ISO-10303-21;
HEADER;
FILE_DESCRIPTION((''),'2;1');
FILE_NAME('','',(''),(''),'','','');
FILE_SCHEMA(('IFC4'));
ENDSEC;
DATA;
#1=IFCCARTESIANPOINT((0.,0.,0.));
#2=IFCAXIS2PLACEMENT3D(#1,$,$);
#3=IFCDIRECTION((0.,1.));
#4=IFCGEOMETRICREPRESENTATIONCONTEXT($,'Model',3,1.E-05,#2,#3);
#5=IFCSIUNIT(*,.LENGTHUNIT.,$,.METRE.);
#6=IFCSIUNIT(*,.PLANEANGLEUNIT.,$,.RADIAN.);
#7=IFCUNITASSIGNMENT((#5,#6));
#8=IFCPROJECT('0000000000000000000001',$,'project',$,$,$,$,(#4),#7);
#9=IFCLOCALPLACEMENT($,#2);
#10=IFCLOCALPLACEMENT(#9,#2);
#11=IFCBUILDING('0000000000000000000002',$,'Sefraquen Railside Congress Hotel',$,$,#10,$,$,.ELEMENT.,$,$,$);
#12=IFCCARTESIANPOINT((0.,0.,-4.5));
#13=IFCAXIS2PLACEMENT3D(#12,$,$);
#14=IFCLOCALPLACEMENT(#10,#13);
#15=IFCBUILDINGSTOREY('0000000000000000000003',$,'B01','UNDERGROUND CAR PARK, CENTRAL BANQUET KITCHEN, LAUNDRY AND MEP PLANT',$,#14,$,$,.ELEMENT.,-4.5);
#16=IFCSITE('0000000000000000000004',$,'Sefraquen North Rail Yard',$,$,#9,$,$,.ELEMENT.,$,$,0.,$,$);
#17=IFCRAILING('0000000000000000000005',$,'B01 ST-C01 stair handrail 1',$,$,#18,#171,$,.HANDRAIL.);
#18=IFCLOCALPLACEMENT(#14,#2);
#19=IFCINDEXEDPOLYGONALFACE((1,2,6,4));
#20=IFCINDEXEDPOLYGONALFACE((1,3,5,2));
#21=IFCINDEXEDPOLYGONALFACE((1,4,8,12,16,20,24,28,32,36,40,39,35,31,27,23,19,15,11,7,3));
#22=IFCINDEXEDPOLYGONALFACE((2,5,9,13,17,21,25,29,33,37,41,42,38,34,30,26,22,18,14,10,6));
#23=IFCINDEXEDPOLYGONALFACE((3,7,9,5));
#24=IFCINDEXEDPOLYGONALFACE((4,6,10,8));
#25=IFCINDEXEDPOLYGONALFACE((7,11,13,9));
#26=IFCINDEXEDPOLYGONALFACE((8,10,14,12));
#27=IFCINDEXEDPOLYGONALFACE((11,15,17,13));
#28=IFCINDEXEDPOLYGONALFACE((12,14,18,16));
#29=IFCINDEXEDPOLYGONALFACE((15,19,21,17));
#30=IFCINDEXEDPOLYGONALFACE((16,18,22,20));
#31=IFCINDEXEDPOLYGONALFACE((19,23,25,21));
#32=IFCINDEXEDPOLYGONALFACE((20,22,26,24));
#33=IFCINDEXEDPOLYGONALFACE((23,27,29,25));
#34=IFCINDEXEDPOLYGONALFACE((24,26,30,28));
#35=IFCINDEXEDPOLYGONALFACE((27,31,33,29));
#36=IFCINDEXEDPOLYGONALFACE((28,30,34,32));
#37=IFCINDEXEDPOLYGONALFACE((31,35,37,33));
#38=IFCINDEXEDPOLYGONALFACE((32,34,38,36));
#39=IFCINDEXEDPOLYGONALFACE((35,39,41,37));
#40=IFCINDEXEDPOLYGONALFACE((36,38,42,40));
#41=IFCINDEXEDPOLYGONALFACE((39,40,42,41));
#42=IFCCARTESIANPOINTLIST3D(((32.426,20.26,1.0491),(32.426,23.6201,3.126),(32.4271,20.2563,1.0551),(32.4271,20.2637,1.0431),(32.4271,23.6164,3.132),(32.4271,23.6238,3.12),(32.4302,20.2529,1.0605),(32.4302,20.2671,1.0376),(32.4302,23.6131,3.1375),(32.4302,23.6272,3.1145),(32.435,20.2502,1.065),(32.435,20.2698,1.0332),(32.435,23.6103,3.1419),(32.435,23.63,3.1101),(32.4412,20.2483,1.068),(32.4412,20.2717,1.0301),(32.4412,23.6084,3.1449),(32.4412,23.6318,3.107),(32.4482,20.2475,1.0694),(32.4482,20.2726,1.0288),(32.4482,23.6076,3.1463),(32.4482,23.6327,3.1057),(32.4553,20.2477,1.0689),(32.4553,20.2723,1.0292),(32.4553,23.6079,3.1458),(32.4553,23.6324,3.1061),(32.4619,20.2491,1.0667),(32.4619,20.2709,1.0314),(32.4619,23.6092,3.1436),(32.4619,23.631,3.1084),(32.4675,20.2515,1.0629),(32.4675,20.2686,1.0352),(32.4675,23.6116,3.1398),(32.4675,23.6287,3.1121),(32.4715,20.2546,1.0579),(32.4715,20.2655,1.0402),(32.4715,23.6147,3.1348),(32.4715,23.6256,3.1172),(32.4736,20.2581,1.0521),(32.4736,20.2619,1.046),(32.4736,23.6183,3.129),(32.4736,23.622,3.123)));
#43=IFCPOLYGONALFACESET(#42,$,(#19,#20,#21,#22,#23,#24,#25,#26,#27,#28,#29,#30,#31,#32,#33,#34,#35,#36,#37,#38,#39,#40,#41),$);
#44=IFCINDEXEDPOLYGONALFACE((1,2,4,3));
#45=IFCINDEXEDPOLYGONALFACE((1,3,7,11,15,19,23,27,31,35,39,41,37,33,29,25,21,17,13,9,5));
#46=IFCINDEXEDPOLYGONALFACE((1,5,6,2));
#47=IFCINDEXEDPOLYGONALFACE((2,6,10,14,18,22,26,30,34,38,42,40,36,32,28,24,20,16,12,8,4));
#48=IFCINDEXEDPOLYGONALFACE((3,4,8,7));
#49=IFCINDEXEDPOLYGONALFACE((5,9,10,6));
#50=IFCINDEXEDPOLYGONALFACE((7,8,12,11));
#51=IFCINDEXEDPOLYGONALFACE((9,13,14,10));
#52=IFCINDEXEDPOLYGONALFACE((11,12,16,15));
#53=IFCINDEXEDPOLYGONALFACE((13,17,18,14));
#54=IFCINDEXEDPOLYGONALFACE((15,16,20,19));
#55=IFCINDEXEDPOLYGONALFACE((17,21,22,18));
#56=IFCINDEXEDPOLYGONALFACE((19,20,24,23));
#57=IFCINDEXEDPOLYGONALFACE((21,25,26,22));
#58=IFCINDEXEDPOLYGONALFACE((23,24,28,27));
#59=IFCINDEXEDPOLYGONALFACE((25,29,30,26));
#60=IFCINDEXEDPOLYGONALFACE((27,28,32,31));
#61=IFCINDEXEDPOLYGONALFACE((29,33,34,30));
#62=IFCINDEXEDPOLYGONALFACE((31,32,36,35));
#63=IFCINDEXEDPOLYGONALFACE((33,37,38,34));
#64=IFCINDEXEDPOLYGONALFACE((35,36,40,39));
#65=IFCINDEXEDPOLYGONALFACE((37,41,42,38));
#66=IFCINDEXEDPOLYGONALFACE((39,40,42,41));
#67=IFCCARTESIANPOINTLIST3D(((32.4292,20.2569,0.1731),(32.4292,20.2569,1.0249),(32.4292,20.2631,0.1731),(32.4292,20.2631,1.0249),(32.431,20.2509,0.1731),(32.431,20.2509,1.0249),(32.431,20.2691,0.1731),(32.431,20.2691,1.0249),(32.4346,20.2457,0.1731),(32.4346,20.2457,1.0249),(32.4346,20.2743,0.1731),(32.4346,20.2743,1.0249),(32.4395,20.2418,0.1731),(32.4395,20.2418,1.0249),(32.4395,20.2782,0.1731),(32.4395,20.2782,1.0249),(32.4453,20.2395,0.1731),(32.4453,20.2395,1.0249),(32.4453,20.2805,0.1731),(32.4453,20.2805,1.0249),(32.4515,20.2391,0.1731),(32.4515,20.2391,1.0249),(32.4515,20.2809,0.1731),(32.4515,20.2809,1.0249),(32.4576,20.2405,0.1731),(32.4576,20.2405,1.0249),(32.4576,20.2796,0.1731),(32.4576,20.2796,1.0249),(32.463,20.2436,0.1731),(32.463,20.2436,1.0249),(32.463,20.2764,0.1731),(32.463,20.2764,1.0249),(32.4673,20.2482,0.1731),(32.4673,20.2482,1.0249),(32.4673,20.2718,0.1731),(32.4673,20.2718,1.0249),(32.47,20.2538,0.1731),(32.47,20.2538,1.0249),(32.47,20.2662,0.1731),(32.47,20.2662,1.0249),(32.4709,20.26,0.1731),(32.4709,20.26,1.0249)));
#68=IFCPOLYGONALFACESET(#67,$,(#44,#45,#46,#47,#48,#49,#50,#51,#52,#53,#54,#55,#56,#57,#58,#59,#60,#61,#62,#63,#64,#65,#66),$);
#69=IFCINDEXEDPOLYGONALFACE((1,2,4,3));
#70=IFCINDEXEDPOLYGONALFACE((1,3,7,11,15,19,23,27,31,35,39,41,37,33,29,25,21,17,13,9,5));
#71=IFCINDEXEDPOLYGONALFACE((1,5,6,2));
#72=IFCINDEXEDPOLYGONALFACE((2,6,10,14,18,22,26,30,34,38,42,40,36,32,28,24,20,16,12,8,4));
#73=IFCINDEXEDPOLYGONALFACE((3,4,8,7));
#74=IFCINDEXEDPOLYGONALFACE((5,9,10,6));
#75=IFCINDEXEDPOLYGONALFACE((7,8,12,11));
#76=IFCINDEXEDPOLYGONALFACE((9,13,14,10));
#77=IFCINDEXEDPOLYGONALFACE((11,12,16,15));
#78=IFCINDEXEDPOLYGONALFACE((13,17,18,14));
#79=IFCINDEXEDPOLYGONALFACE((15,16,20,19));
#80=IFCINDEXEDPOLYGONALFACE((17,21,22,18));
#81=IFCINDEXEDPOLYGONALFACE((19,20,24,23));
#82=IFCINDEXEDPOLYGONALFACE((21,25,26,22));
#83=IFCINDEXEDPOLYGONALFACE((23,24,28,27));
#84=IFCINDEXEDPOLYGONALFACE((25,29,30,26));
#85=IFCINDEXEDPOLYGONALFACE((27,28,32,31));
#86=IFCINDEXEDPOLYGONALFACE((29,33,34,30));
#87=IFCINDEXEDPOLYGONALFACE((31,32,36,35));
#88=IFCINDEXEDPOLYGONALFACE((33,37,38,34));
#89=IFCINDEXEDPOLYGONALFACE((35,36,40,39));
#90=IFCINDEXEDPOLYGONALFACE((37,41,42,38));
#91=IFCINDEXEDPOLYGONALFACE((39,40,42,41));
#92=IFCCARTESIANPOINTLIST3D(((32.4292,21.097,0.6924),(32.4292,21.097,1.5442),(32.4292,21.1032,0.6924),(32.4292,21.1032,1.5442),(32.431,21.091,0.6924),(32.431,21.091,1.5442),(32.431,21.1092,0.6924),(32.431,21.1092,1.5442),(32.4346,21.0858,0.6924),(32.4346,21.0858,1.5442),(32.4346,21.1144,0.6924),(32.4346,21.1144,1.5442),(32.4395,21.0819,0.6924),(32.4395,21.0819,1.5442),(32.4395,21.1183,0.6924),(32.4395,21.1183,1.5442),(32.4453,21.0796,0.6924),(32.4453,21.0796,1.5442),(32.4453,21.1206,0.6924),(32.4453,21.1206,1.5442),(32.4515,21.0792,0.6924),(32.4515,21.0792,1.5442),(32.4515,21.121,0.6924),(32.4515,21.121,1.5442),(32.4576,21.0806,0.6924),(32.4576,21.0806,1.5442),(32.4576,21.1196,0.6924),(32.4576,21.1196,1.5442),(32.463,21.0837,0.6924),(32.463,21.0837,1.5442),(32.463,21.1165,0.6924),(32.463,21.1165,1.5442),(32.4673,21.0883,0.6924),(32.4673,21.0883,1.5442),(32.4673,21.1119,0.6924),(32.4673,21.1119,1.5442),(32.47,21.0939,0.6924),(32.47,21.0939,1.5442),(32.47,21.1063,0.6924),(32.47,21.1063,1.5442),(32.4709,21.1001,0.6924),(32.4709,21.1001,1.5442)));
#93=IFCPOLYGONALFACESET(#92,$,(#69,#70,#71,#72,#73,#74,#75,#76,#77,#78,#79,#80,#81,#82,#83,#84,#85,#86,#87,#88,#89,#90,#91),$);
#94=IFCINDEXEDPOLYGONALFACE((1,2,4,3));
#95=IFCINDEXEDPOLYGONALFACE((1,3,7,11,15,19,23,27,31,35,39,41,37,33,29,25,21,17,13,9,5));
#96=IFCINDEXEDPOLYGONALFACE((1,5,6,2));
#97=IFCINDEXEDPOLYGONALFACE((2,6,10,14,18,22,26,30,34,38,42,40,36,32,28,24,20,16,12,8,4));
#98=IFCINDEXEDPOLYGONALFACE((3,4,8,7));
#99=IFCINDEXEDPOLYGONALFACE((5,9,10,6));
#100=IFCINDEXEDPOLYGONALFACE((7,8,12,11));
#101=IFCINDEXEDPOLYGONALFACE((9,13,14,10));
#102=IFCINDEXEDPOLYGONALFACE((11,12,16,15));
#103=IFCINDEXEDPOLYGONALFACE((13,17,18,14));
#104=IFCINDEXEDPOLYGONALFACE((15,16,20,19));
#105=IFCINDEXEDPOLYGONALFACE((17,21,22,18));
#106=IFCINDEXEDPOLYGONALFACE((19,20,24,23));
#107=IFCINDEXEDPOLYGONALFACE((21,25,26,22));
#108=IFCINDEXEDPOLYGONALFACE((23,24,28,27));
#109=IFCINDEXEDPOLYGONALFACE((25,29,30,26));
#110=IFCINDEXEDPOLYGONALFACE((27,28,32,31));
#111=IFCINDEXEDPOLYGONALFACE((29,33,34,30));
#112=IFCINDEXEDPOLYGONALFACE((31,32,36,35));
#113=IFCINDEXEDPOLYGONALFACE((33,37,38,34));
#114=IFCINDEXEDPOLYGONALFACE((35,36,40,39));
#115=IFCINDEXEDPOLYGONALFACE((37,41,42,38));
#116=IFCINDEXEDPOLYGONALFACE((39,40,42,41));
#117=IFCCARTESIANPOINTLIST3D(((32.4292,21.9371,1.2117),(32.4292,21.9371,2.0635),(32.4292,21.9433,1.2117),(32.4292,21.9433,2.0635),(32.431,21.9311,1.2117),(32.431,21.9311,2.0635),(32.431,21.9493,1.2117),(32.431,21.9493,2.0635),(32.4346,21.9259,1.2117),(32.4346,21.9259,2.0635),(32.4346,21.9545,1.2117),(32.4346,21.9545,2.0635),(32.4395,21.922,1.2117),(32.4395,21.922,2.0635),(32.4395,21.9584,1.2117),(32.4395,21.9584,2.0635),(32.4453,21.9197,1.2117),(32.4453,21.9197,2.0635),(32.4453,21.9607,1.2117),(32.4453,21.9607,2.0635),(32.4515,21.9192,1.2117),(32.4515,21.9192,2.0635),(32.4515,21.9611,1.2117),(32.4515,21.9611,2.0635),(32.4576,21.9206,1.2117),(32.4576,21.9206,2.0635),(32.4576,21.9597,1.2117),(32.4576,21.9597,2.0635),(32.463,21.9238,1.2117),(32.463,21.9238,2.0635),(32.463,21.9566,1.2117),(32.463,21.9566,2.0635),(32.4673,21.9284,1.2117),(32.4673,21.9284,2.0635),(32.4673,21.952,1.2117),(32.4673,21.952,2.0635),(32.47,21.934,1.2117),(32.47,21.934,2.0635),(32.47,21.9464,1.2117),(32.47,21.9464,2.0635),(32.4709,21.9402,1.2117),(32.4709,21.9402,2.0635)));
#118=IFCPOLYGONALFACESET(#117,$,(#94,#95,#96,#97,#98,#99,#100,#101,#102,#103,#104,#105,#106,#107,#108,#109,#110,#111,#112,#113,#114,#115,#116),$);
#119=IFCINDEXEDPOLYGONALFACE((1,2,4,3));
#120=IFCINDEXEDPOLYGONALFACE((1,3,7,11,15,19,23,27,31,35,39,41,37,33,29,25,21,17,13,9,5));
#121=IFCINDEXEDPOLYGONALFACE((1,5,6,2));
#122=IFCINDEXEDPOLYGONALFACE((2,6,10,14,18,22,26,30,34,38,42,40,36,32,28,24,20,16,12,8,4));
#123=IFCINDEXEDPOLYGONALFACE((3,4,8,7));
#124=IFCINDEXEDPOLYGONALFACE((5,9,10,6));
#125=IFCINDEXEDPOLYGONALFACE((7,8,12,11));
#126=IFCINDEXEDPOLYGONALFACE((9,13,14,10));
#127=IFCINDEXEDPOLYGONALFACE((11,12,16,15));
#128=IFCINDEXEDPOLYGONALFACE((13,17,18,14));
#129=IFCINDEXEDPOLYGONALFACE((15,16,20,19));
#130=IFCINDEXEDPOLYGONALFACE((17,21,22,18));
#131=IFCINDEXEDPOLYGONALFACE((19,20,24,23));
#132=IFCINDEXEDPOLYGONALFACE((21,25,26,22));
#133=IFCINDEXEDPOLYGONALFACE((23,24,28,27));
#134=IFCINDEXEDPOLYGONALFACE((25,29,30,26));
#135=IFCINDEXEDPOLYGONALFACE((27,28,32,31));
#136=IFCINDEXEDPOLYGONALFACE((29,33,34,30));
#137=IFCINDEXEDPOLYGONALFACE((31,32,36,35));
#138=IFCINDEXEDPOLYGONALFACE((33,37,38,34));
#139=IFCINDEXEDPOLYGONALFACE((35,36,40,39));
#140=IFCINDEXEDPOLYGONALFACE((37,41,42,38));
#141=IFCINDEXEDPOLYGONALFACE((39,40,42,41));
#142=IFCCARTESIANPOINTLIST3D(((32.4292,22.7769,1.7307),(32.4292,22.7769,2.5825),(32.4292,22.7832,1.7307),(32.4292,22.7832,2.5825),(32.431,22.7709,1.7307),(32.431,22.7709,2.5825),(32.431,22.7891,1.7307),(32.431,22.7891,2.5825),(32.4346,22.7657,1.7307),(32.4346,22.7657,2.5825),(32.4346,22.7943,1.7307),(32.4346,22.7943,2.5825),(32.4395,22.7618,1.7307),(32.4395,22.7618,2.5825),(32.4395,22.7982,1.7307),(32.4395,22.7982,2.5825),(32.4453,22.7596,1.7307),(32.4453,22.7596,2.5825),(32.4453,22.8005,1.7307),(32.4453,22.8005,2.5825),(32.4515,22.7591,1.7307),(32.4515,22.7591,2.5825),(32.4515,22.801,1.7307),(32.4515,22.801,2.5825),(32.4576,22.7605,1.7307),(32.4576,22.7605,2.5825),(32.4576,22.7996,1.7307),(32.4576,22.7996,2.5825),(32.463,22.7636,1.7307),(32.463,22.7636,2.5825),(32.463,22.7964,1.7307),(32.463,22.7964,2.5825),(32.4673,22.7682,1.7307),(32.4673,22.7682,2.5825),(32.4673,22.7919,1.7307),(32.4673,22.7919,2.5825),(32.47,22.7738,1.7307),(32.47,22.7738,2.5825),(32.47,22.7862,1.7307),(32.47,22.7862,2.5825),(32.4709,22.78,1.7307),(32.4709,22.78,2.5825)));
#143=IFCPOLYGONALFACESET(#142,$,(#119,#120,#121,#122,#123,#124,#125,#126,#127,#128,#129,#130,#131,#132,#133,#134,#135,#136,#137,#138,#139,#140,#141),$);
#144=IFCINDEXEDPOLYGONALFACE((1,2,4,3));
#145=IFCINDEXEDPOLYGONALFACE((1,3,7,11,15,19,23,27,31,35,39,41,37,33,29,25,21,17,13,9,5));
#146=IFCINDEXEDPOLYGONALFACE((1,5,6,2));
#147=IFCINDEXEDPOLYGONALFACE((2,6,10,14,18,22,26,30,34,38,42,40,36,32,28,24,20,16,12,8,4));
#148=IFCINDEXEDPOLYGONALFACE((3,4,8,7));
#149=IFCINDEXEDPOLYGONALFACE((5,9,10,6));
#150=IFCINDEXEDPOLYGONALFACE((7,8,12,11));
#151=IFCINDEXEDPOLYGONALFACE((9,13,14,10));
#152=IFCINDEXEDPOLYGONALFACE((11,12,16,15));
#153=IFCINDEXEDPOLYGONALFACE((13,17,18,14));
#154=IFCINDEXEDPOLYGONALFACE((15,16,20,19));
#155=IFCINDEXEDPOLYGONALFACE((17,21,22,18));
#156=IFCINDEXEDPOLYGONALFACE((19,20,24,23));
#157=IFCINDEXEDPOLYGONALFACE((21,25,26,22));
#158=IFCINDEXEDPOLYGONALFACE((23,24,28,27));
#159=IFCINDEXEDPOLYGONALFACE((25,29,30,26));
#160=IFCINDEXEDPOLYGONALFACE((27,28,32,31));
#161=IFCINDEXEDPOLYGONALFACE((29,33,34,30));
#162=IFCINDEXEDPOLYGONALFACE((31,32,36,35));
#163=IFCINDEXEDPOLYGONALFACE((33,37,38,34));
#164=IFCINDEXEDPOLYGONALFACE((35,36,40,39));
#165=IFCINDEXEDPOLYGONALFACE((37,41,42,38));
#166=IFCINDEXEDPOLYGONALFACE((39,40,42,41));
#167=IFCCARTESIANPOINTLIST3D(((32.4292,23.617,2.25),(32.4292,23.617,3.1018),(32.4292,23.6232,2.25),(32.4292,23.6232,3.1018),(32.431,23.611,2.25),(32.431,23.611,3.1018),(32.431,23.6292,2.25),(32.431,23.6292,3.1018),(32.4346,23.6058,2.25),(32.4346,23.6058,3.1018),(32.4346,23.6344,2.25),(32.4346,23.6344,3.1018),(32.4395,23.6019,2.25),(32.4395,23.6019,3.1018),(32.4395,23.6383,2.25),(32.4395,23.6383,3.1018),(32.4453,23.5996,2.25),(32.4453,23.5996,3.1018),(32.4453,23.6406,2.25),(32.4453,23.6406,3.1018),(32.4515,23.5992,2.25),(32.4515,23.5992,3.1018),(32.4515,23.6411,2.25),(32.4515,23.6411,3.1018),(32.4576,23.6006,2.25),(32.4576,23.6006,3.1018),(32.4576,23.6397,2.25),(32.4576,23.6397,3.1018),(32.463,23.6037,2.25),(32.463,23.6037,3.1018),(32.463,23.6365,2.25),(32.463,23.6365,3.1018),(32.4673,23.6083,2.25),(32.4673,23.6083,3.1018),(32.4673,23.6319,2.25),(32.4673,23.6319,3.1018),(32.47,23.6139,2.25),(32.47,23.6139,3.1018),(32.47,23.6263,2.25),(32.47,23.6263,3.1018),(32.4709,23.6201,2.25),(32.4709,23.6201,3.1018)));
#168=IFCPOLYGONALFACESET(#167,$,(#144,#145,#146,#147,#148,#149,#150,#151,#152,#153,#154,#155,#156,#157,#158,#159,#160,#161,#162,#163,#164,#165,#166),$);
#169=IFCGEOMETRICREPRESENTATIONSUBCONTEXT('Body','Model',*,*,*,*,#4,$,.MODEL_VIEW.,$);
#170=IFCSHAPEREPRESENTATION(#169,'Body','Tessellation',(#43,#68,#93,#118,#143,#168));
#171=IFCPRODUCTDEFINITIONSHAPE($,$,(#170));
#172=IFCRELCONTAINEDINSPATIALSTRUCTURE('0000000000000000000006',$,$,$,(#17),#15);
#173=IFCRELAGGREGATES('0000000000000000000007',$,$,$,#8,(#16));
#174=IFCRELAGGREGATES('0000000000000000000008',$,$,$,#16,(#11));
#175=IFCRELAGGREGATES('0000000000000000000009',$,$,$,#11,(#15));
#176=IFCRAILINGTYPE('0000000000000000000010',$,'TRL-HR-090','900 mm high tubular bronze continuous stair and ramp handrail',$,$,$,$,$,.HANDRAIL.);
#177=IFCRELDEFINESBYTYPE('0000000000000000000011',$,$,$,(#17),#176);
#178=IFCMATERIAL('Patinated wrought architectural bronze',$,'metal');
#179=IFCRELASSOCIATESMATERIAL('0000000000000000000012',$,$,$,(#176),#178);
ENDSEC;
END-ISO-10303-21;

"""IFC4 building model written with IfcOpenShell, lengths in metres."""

from ifc_helpers import new_model, si_unit, direction, frame, origin, origin_2d, place, context, subcontext, project, spatial, circle, extrude, material, type_object, element, save


model = new_model("IFC4")

# Units and contexts
model_context = context("Model", 3, precision=1e-05, world=origin(), true_north=direction((0.0, 1.0)))
body_context = subcontext(model_context, "Body", "Model", "MODEL_VIEW")
ifc_project = project(units=[si_unit("LENGTHUNIT", "METRE"), si_unit("PLANEANGLEUNIT", "RADIAN")], contexts=[model_context])

# Site, building, storey
site_placement = place(None, origin())
site = spatial("IfcSite", under=ifc_project, at=site_placement, Name="Sefraquen North Rail Yard", CompositionType="ELEMENT", RefElevation=0.0)
building_placement = place(site_placement, origin())
building = spatial("IfcBuilding", under=site, at=building_placement, Name="Sefraquen Railside Congress Hotel", CompositionType="ELEMENT")
storey_placement = place(building_placement, frame((0.0, 0.0, -4.5)))
storey = spatial("IfcBuildingStorey", under=building, at=storey_placement, Name="B01", Description="UNDERGROUND CAR PARK, CENTRAL BANQUET KITCHEN, LAUNDRY AND MEP PLANT", CompositionType="ELEMENT", Elevation=-4.5)

# Railing
ifc_material_1 = material(Name="Patinated wrought architectural bronze", Category="metal")
railing_type_1 = type_object("IfcRailingType", Name="TRL-HR-090", Description="900 mm high tubular bronze continuous stair and ramp handrail", PredefinedType="HANDRAIL", material=ifc_material_1)
railing_1_placement = place(storey_placement, frame((32.45, 20.26, 0.1731)))
element("IfcRailing", 1, at=railing_1_placement, inside=storey, type_object=railing_type_1, Name="B01 ST-C01 stair handrail 1", PredefinedType="HANDRAIL", context=body_context, shape_type="SweptSolid", body=[
    extrude(circle(Radius=0.0239, at=origin_2d()), frame((0.0, 0.0, 0.876), z_axis=(0.0, 0.850623, 0.525776), x_axis=(-1.0, 0.0, 0.0)), (0.0, 0.0, 1.0), 3.9502),
    extrude(circle(Radius=0.021, at=origin_2d()), origin(), (0.0, 0.0, 1.0), 0.8518),
    extrude(circle(Radius=0.021, at=origin_2d()), frame((0.0, 0.8401, 0.5193)), (0.0, 0.0, 1.0), 0.8518),
    extrude(circle(Radius=0.021, at=origin_2d()), frame((0.0, 1.6802, 1.0386)), (0.0, 0.0, 1.0), 0.8518),
    extrude(circle(Radius=0.021, at=origin_2d()), frame((0.0, 2.52, 1.5576)), (0.0, 0.0, 1.0), 0.8518),
    extrude(circle(Radius=0.021, at=origin_2d()), frame((0.0, 3.3601, 2.0769)), (0.0, 0.0, 1.0), 0.8518),
])

save(model, "model.ifc")
